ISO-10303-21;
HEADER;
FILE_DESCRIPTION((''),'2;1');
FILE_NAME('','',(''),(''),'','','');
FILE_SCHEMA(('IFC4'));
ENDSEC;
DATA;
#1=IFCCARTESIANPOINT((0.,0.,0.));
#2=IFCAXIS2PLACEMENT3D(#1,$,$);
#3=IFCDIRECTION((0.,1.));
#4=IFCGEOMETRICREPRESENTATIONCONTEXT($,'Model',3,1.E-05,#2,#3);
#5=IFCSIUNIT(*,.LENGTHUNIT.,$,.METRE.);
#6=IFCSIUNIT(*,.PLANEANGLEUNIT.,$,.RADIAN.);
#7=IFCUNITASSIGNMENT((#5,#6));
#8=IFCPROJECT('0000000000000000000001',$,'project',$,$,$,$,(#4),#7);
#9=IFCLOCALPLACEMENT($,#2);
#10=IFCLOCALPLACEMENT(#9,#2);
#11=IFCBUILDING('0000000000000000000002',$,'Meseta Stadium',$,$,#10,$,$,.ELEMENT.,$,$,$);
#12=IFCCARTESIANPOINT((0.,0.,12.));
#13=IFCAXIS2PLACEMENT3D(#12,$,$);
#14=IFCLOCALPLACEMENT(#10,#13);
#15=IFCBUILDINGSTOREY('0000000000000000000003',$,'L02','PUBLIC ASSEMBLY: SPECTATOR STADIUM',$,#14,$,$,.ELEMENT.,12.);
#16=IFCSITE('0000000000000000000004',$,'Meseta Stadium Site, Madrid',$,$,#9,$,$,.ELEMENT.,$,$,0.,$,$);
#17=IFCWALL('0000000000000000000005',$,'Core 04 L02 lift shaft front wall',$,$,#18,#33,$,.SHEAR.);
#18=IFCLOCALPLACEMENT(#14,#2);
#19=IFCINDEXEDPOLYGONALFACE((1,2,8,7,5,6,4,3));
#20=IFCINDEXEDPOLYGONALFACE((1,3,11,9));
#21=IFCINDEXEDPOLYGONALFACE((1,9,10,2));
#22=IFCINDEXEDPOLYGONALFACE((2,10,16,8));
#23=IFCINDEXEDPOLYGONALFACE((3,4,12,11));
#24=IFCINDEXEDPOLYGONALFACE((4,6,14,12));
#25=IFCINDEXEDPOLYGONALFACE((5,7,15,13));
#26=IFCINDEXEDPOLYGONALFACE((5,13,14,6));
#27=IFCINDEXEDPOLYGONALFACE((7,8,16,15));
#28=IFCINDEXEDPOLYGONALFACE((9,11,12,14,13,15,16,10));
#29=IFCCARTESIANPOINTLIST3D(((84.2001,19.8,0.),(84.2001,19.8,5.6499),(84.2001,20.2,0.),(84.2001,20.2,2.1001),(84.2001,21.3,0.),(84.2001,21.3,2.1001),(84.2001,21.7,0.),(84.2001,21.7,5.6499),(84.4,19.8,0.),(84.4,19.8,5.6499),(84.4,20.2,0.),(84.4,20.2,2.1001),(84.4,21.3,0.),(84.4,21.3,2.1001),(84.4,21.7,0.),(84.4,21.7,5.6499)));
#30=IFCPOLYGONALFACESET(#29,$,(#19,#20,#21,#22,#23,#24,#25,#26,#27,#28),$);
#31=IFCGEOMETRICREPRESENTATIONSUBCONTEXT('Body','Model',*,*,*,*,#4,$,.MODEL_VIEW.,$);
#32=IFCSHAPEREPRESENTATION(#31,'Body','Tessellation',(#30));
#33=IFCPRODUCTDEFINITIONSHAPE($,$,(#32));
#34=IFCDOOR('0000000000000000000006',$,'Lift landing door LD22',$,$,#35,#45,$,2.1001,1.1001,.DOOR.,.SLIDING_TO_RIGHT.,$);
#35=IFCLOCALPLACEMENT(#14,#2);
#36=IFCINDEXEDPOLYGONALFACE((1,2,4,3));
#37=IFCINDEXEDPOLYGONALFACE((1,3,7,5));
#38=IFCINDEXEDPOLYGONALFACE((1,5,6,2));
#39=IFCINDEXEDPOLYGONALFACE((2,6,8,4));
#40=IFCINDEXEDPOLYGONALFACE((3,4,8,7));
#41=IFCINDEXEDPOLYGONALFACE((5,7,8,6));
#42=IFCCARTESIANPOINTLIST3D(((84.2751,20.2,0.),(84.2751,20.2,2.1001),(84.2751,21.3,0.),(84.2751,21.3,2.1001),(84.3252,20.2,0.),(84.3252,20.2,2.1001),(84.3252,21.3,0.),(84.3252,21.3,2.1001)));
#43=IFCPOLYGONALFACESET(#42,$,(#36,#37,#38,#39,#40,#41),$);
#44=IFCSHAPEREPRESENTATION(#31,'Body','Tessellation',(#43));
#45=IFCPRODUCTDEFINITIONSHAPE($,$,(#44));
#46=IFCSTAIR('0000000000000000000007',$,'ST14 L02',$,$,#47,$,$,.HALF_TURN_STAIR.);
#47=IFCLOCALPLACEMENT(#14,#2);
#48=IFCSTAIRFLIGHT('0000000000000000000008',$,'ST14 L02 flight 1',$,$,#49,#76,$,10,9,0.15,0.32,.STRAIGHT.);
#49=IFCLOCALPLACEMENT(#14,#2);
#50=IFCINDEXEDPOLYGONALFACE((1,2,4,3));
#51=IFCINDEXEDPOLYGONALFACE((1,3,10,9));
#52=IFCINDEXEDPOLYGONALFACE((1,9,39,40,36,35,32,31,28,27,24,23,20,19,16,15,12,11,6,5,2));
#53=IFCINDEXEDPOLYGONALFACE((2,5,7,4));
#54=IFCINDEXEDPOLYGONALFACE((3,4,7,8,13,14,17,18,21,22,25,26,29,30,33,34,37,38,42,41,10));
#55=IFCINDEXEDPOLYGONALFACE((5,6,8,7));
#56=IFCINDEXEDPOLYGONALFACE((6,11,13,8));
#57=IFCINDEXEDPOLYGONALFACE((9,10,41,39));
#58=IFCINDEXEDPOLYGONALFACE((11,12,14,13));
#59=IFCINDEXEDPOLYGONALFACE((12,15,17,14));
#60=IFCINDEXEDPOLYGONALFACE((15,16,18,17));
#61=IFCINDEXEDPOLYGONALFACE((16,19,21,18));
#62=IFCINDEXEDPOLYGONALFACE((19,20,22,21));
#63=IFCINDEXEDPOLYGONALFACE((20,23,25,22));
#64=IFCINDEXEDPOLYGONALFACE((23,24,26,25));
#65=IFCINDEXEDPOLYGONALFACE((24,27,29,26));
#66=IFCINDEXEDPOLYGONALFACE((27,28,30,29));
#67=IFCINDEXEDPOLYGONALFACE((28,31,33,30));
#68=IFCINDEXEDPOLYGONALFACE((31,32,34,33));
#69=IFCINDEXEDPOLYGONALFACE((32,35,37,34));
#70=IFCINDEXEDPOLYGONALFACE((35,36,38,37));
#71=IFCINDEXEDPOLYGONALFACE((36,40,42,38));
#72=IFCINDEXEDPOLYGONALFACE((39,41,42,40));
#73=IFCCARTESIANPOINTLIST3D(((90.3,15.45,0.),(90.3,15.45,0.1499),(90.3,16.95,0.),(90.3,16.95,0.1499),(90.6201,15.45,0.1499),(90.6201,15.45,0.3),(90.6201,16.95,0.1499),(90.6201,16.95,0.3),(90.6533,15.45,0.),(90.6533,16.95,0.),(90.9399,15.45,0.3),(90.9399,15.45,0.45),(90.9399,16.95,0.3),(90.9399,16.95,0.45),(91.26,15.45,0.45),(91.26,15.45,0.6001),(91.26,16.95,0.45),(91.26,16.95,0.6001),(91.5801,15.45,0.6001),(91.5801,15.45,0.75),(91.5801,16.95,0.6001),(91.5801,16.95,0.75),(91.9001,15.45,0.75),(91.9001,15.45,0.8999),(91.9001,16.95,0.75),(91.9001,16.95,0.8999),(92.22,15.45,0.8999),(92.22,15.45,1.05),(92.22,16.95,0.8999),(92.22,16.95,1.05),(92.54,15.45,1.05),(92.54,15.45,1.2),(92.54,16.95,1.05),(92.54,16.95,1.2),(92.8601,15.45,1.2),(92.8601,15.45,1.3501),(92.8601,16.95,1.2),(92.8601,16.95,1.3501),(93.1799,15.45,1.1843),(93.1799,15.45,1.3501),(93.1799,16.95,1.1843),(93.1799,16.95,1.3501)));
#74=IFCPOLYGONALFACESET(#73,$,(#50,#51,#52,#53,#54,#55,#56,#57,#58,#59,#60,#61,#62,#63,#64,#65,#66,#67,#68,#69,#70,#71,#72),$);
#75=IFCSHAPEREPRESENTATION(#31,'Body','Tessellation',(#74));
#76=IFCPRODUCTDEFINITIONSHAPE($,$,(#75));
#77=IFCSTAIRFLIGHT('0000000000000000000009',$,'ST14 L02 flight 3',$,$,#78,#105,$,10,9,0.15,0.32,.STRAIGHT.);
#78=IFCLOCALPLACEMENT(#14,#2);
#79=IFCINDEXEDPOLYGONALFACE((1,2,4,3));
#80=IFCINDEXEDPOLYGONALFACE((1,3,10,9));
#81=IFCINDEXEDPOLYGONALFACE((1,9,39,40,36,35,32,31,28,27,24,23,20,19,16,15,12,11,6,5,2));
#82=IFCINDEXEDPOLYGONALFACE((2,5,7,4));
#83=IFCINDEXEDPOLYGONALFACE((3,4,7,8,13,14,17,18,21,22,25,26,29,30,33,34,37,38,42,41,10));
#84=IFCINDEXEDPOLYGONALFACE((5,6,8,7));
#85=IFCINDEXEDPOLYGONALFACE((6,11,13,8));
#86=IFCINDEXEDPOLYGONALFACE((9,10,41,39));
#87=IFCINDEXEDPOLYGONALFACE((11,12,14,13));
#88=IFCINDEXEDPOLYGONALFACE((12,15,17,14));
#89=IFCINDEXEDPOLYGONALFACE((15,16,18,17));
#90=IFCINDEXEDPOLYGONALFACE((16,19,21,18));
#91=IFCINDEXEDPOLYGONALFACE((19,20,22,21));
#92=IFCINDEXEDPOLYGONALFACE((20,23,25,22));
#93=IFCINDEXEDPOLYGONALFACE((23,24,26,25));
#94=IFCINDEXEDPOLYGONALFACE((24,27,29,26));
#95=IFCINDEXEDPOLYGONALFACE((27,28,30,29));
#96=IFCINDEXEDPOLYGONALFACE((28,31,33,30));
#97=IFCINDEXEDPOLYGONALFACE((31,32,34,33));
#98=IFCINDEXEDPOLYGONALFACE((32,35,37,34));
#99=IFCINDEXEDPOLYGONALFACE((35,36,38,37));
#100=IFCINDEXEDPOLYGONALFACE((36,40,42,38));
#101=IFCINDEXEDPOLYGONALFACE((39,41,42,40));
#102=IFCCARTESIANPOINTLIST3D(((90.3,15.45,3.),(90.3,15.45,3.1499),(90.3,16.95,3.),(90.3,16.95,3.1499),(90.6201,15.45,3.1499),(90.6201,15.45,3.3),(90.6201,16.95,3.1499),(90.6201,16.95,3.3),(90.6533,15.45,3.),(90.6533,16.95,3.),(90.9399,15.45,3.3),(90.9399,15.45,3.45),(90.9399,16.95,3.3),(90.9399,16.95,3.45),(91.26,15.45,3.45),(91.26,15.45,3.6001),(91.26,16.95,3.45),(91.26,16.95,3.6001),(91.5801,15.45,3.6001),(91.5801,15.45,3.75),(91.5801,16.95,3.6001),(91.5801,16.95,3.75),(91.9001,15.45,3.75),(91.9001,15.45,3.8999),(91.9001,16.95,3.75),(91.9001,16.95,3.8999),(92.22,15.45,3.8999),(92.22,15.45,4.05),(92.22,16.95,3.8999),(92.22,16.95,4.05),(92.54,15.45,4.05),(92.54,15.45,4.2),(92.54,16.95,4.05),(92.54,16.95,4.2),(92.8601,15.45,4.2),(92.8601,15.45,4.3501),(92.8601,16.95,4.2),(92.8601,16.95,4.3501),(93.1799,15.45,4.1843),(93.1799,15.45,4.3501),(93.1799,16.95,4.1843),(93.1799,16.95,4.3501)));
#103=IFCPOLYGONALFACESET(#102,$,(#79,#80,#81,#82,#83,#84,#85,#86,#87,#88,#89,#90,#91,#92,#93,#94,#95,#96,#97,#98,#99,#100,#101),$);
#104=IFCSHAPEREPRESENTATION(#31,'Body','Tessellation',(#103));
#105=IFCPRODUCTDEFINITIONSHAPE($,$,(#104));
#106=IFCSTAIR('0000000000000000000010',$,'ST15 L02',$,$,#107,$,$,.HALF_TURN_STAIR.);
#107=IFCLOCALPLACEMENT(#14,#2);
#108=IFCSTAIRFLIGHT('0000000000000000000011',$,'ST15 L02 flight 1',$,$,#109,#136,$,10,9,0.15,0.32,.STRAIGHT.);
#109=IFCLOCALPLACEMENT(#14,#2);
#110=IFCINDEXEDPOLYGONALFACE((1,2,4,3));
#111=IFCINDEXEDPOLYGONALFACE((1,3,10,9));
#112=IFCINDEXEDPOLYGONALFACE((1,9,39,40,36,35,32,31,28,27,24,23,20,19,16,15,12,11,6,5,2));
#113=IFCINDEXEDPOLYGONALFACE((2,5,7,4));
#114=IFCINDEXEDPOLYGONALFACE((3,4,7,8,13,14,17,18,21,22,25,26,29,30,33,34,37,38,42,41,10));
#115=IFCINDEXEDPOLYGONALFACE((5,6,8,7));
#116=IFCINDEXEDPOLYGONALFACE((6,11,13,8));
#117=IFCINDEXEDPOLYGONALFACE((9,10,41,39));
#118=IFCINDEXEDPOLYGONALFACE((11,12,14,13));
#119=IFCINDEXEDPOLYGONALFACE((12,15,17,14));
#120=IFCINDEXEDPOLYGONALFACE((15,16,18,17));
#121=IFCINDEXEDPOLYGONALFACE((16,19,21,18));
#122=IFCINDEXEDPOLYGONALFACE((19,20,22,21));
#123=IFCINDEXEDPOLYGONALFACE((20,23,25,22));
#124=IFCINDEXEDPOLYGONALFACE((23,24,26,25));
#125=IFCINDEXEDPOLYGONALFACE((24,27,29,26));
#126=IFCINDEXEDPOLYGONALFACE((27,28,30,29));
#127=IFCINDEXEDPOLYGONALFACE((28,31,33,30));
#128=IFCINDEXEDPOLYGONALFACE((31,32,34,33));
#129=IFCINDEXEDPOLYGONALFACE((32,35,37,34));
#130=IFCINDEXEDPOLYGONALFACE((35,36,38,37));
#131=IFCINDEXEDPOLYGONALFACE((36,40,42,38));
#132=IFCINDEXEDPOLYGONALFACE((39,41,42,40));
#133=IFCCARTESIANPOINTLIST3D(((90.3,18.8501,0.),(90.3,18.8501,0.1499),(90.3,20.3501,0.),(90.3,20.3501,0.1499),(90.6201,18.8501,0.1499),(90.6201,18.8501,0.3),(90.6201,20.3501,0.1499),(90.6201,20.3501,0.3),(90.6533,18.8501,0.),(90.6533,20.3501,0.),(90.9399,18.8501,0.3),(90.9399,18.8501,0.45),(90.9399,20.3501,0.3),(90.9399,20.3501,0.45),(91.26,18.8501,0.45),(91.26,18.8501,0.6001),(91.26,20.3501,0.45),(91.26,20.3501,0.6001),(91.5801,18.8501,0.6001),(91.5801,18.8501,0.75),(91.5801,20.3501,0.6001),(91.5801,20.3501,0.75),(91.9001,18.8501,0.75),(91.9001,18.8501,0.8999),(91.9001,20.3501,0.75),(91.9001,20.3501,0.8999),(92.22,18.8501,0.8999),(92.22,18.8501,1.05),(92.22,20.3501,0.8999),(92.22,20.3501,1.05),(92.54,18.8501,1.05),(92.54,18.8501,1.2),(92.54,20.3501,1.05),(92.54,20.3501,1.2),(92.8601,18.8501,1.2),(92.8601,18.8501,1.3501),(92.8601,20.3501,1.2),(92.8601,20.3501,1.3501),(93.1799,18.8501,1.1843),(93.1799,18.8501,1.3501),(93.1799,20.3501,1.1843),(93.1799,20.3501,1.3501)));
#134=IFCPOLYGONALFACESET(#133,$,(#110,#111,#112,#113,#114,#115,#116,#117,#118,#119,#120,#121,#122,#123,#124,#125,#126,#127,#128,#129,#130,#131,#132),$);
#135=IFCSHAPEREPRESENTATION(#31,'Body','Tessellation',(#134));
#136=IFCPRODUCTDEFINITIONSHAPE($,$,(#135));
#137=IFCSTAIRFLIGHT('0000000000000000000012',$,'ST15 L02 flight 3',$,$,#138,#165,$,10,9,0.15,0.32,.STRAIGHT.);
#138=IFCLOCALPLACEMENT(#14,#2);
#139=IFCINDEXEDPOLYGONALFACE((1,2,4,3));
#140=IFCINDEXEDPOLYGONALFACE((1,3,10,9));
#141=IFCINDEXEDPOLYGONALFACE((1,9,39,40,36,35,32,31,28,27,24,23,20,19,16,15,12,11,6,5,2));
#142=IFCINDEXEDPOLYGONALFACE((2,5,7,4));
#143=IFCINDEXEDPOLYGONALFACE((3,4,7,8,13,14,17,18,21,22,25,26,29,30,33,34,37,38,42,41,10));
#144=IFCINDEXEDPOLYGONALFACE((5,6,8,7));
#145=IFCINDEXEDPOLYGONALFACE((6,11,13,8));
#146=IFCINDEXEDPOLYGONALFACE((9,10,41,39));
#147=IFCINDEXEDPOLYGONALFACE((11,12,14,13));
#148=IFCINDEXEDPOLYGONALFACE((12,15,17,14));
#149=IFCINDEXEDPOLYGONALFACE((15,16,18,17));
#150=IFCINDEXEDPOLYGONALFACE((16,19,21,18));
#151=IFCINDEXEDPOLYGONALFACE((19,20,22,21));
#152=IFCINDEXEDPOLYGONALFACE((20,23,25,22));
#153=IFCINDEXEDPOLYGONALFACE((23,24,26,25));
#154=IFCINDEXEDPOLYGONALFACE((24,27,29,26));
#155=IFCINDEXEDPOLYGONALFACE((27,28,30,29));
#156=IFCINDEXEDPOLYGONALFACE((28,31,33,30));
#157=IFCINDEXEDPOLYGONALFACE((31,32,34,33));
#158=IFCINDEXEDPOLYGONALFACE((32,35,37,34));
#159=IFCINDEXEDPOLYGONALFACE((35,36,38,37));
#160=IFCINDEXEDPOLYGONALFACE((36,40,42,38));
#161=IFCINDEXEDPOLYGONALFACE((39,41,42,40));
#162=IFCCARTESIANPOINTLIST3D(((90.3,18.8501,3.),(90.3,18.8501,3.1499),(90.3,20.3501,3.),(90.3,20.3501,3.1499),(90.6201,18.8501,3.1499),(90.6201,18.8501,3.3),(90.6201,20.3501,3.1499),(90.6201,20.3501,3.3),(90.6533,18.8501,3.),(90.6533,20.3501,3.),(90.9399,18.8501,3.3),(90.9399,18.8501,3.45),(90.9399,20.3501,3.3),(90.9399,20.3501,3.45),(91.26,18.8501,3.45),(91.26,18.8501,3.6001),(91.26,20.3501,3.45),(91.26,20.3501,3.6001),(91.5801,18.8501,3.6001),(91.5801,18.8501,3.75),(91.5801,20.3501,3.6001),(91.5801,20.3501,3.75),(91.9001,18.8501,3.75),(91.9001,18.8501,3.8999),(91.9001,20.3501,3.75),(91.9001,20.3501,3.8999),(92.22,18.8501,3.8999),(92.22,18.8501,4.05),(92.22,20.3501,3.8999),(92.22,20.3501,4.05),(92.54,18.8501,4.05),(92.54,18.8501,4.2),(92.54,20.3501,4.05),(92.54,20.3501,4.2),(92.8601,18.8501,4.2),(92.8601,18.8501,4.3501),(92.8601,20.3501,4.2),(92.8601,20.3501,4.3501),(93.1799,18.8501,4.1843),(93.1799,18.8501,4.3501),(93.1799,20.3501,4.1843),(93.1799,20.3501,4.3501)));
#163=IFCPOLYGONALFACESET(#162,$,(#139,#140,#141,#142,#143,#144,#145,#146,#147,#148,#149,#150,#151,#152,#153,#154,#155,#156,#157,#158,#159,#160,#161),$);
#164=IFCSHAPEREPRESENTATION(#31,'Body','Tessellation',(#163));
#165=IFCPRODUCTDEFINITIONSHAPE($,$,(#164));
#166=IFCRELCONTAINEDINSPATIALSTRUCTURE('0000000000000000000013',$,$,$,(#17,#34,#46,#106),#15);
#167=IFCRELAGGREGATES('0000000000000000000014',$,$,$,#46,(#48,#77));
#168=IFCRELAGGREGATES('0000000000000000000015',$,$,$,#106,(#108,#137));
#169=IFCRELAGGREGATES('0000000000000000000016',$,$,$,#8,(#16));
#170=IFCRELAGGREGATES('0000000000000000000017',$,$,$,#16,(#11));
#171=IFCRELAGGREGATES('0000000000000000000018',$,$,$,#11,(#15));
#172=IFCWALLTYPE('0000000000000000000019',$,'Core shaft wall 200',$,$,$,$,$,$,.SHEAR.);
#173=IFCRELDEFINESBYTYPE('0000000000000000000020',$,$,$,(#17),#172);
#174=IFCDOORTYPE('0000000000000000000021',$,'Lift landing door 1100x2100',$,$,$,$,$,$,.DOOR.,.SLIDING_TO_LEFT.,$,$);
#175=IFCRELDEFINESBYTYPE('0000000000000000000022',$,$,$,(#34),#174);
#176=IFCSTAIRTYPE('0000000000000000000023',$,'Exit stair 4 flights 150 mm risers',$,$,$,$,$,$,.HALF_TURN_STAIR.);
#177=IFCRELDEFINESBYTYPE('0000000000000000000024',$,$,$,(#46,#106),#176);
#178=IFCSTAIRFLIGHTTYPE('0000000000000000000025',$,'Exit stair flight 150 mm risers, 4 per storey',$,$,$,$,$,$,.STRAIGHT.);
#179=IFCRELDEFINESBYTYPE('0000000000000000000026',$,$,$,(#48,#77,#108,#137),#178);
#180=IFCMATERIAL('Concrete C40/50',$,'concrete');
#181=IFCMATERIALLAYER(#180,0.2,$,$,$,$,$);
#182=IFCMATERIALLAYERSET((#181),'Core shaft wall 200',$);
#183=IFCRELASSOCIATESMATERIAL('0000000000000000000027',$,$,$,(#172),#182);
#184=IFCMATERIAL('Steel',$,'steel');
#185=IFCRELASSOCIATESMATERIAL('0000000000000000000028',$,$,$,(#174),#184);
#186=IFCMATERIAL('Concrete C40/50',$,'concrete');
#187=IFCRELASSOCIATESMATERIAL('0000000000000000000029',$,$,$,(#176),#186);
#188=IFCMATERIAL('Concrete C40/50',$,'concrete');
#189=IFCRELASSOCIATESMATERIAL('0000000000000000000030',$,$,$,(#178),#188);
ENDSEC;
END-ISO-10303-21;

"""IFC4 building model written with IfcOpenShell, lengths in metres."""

from ifc_helpers import new_model, si_unit, direction, frame, frame_2d, origin, place, context, subcontext, project, spatial, polyline, rectangle, outline, extrude, material, layer, layer_set, type_object, element, fill, aggregate, save


model = new_model("IFC4")

# Units and contexts
model_context = context("Model", 3, precision=1e-05, world=origin(), true_north=direction((0.0, 1.0)))
body_context = subcontext(model_context, "Body", "Model", "MODEL_VIEW")
ifc_project = project(units=[si_unit("LENGTHUNIT", "METRE"), si_unit("PLANEANGLEUNIT", "RADIAN")], contexts=[model_context])

# Site, building, storey
site_placement = place(None, origin())
site = spatial("IfcSite", under=ifc_project, at=site_placement, Name="Meseta Stadium Site, Madrid", CompositionType="ELEMENT", RefElevation=0.0)
building_placement = place(site_placement, origin())
building = spatial("IfcBuilding", under=site, at=building_placement, Name="Meseta Stadium", CompositionType="ELEMENT")
storey_placement = place(building_placement, frame((0.0, 0.0, 12.0)))
storey = spatial("IfcBuildingStorey", under=building, at=storey_placement, Name="L02", Description="PUBLIC ASSEMBLY: SPECTATOR STADIUM", CompositionType="ELEMENT", Elevation=12.0)

# Shared definitions
ifc_material_1 = material(Name="Concrete C40/50", Category="concrete")
ifc_layer = layer(ifc_material_1, 0.2)
ifc_layer_set = layer_set([ifc_layer], Name="Core shaft wall 200")
wall_type = type_object("IfcWallType", Name="Core shaft wall 200", PredefinedType="SHEAR", material=ifc_layer_set)

# Wall, opening, door
wall_1_placement = place(storey_placement, frame((84.3, 19.8, 0.0), z_axis=(0.0, 0.0, 1.0), x_axis=(0.0, 1.0, 0.0)))
wall_1 = element("IfcWall", 1, at=wall_1_placement, inside=storey, type_object=wall_type, Name="Core 04 L02 lift shaft front wall", PredefinedType="SHEAR", context=body_context, shape_type="SweptSolid", body=[
    extrude(rectangle(XDim=1.8999, YDim=0.2, at=frame_2d((0.95, 0.0))), origin(), (0.0, 0.0, 1.0), 5.6499),
])
opening_1_placement = place(wall_1_placement, frame((0.3999, 0.0, 0.0)))
opening_1 = element("IfcOpeningElement", 2, at=opening_1_placement, cuts=wall_1, PredefinedType="OPENING", context=body_context, shape_type="SweptSolid", body=[
    extrude(rectangle(XDim=1.1001, YDim=2.1001, at=frame_2d((0.55, 1.05))), frame((0.0, 0.1099, 0.0), z_axis=(0.0, -1.0, 0.0), x_axis=(1.0, 0.0, 0.0)), (0.0, 0.0, 1.0), 0.22),
])
ifc_material_2 = material(Name="Steel", Category="steel")
door_type_1 = type_object("IfcDoorType", Name="Lift landing door 1100x2100", OperationType="SLIDING_TO_LEFT", PredefinedType="DOOR", material=ifc_material_2)
door_1_placement = place(opening_1_placement, origin())
door_1 = element("IfcDoor", 3, at=door_1_placement, inside=storey, type_object=door_type_1, Name="Lift landing door LD22", OperationType="SLIDING_TO_RIGHT", OverallHeight=2.1001, OverallWidth=1.1001, PredefinedType="DOOR", context=body_context, shape_type="SweptSolid", body=[
    extrude(rectangle(XDim=1.1001, YDim=2.1001, at=frame_2d((0.55, 1.05))), frame((0.0, 0.0249, 0.0), z_axis=(0.0, -1.0, 0.0), x_axis=(1.0, 0.0, 0.0)), (0.0, 0.0, 1.0), 0.05),
])
fill(opening_1, door_1)

# Stairs, stair flights
ifc_material_3 = material(Name="Concrete C40/50", Category="concrete")
stair_type = type_object("IfcStairType", Name="Exit stair 4 flights 150 mm risers", PredefinedType="HALF_TURN_STAIR", material=ifc_material_3)
stair_1_placement = place(storey_placement, origin())
stair_1 = element("IfcStair", 4, at=stair_1_placement, inside=storey, type_object=stair_type, Name="ST14 L02", PredefinedType="HALF_TURN_STAIR")
ifc_material_4 = material(Name="Concrete C40/50", Category="concrete")
stair_flight_type = type_object("IfcStairFlightType", Name="Exit stair flight 150 mm risers, 4 per storey", PredefinedType="STRAIGHT", material=ifc_material_4)
stair_flight_1_placement = place(storey_placement, frame((90.3, 16.2, 0.0), z_axis=(0.0, 0.0, 1.0), x_axis=(1.0, 0.0, 0.0)))
stair_flight_1 = element("IfcStairFlight", 5, at=stair_flight_1_placement, type_object=stair_flight_type, Name="ST14 L02 flight 1", NumberOfRisers=10, NumberOfTreads=9, PredefinedType="STRAIGHT", RiserHeight=0.15, TreadLength=0.32, context=body_context, shape_type="SweptSolid", body=[
    extrude(outline(polyline([(0.0, 0.0), (0.0, 0.1499), (0.3201, 0.1499), (0.3201, 0.3), (0.6399, 0.3), (0.6399, 0.45), (0.96, 0.45), (0.96, 0.6001), (1.28, 0.6001), (1.28, 0.75), (1.6001, 0.75), (1.6001, 0.8999), (1.9199, 0.8999), (1.9199, 1.05), (2.24, 1.05), (2.24, 1.2), (2.5601, 1.2), (2.5601, 1.3501), (2.8799, 1.3501), (2.8799, 1.1843), (0.3533, 0.0), (0.0, 0.0)])), frame((0.0, 0.75, 0.0), z_axis=(0.0, -1.0, 0.0), x_axis=(1.0, 0.0, 0.0)), (0.0, 0.0, 1.0), 1.5),
])
stair_flight_2_placement = place(storey_placement, frame((90.3, 16.2, 3.0), z_axis=(0.0, 0.0, 1.0), x_axis=(1.0, 0.0, 0.0)))
stair_flight_2 = element("IfcStairFlight", 6, at=stair_flight_2_placement, type_object=stair_flight_type, Name="ST14 L02 flight 3", NumberOfRisers=10, NumberOfTreads=9, PredefinedType="STRAIGHT", RiserHeight=0.15, TreadLength=0.32, context=body_context, shape_type="SweptSolid", body=[
    extrude(outline(polyline([(0.0, 0.0), (0.0, 0.1499), (0.3201, 0.1499), (0.3201, 0.3), (0.6399, 0.3), (0.6399, 0.45), (0.96, 0.45), (0.96, 0.6001), (1.28, 0.6001), (1.28, 0.75), (1.6001, 0.75), (1.6001, 0.8999), (1.9199, 0.8999), (1.9199, 1.05), (2.24, 1.05), (2.24, 1.2), (2.5601, 1.2), (2.5601, 1.3501), (2.8799, 1.3501), (2.8799, 1.1843), (0.3533, 0.0), (0.0, 0.0)])), frame((0.0, 0.75, 0.0), z_axis=(0.0, -1.0, 0.0), x_axis=(1.0, 0.0, 0.0)), (0.0, 0.0, 1.0), 1.5),
])
aggregate(stair_1, [stair_flight_1, stair_flight_2])
stair_2_placement = place(storey_placement, origin())
stair_2 = element("IfcStair", 7, at=stair_2_placement, inside=storey, type_object=stair_type, Name="ST15 L02", PredefinedType="HALF_TURN_STAIR")
stair_flight_3_placement = place(storey_placement, frame((90.3, 19.6001, 0.0), z_axis=(0.0, 0.0, 1.0), x_axis=(1.0, 0.0, 0.0)))
stair_flight_3 = element("IfcStairFlight", 8, at=stair_flight_3_placement, type_object=stair_flight_type, Name="ST15 L02 flight 1", NumberOfRisers=10, NumberOfTreads=9, PredefinedType="STRAIGHT", RiserHeight=0.15, TreadLength=0.32, context=body_context, shape_type="SweptSolid", body=[
    extrude(outline(polyline([(0.0, 0.0), (0.0, 0.1499), (0.3201, 0.1499), (0.3201, 0.3), (0.6399, 0.3), (0.6399, 0.45), (0.96, 0.45), (0.96, 0.6001), (1.28, 0.6001), (1.28, 0.75), (1.6001, 0.75), (1.6001, 0.8999), (1.9199, 0.8999), (1.9199, 1.05), (2.24, 1.05), (2.24, 1.2), (2.5601, 1.2), (2.5601, 1.3501), (2.8799, 1.3501), (2.8799, 1.1843), (0.3533, 0.0), (0.0, 0.0)])), frame((0.0, 0.75, 0.0), z_axis=(0.0, -1.0, 0.0), x_axis=(1.0, 0.0, 0.0)), (0.0, 0.0, 1.0), 1.5),
])
stair_flight_4_placement = place(storey_placement, frame((90.3, 19.6001, 3.0), z_axis=(0.0, 0.0, 1.0), x_axis=(1.0, 0.0, 0.0)))
stair_flight_4 = element("IfcStairFlight", 9, at=stair_flight_4_placement, type_object=stair_flight_type, Name="ST15 L02 flight 3", NumberOfRisers=10, NumberOfTreads=9, PredefinedType="STRAIGHT", RiserHeight=0.15, TreadLength=0.32, context=body_context, shape_type="SweptSolid", body=[
    extrude(outline(polyline([(0.0, 0.0), (0.0, 0.1499), (0.3201, 0.1499), (0.3201, 0.3), (0.6399, 0.3), (0.6399, 0.45), (0.96, 0.45), (0.96, 0.6001), (1.28, 0.6001), (1.28, 0.75), (1.6001, 0.75), (1.6001, 0.8999), (1.9199, 0.8999), (1.9199, 1.05), (2.24, 1.05), (2.24, 1.2), (2.5601, 1.2), (2.5601, 1.3501), (2.8799, 1.3501), (2.8799, 1.1843), (0.3533, 0.0), (0.0, 0.0)])), frame((0.0, 0.75, 0.0), z_axis=(0.0, -1.0, 0.0), x_axis=(1.0, 0.0, 0.0)), (0.0, 0.0, 1.0), 1.5),
])
aggregate(stair_2, [stair_flight_3, stair_flight_4])

save(model, "model.ifc")
